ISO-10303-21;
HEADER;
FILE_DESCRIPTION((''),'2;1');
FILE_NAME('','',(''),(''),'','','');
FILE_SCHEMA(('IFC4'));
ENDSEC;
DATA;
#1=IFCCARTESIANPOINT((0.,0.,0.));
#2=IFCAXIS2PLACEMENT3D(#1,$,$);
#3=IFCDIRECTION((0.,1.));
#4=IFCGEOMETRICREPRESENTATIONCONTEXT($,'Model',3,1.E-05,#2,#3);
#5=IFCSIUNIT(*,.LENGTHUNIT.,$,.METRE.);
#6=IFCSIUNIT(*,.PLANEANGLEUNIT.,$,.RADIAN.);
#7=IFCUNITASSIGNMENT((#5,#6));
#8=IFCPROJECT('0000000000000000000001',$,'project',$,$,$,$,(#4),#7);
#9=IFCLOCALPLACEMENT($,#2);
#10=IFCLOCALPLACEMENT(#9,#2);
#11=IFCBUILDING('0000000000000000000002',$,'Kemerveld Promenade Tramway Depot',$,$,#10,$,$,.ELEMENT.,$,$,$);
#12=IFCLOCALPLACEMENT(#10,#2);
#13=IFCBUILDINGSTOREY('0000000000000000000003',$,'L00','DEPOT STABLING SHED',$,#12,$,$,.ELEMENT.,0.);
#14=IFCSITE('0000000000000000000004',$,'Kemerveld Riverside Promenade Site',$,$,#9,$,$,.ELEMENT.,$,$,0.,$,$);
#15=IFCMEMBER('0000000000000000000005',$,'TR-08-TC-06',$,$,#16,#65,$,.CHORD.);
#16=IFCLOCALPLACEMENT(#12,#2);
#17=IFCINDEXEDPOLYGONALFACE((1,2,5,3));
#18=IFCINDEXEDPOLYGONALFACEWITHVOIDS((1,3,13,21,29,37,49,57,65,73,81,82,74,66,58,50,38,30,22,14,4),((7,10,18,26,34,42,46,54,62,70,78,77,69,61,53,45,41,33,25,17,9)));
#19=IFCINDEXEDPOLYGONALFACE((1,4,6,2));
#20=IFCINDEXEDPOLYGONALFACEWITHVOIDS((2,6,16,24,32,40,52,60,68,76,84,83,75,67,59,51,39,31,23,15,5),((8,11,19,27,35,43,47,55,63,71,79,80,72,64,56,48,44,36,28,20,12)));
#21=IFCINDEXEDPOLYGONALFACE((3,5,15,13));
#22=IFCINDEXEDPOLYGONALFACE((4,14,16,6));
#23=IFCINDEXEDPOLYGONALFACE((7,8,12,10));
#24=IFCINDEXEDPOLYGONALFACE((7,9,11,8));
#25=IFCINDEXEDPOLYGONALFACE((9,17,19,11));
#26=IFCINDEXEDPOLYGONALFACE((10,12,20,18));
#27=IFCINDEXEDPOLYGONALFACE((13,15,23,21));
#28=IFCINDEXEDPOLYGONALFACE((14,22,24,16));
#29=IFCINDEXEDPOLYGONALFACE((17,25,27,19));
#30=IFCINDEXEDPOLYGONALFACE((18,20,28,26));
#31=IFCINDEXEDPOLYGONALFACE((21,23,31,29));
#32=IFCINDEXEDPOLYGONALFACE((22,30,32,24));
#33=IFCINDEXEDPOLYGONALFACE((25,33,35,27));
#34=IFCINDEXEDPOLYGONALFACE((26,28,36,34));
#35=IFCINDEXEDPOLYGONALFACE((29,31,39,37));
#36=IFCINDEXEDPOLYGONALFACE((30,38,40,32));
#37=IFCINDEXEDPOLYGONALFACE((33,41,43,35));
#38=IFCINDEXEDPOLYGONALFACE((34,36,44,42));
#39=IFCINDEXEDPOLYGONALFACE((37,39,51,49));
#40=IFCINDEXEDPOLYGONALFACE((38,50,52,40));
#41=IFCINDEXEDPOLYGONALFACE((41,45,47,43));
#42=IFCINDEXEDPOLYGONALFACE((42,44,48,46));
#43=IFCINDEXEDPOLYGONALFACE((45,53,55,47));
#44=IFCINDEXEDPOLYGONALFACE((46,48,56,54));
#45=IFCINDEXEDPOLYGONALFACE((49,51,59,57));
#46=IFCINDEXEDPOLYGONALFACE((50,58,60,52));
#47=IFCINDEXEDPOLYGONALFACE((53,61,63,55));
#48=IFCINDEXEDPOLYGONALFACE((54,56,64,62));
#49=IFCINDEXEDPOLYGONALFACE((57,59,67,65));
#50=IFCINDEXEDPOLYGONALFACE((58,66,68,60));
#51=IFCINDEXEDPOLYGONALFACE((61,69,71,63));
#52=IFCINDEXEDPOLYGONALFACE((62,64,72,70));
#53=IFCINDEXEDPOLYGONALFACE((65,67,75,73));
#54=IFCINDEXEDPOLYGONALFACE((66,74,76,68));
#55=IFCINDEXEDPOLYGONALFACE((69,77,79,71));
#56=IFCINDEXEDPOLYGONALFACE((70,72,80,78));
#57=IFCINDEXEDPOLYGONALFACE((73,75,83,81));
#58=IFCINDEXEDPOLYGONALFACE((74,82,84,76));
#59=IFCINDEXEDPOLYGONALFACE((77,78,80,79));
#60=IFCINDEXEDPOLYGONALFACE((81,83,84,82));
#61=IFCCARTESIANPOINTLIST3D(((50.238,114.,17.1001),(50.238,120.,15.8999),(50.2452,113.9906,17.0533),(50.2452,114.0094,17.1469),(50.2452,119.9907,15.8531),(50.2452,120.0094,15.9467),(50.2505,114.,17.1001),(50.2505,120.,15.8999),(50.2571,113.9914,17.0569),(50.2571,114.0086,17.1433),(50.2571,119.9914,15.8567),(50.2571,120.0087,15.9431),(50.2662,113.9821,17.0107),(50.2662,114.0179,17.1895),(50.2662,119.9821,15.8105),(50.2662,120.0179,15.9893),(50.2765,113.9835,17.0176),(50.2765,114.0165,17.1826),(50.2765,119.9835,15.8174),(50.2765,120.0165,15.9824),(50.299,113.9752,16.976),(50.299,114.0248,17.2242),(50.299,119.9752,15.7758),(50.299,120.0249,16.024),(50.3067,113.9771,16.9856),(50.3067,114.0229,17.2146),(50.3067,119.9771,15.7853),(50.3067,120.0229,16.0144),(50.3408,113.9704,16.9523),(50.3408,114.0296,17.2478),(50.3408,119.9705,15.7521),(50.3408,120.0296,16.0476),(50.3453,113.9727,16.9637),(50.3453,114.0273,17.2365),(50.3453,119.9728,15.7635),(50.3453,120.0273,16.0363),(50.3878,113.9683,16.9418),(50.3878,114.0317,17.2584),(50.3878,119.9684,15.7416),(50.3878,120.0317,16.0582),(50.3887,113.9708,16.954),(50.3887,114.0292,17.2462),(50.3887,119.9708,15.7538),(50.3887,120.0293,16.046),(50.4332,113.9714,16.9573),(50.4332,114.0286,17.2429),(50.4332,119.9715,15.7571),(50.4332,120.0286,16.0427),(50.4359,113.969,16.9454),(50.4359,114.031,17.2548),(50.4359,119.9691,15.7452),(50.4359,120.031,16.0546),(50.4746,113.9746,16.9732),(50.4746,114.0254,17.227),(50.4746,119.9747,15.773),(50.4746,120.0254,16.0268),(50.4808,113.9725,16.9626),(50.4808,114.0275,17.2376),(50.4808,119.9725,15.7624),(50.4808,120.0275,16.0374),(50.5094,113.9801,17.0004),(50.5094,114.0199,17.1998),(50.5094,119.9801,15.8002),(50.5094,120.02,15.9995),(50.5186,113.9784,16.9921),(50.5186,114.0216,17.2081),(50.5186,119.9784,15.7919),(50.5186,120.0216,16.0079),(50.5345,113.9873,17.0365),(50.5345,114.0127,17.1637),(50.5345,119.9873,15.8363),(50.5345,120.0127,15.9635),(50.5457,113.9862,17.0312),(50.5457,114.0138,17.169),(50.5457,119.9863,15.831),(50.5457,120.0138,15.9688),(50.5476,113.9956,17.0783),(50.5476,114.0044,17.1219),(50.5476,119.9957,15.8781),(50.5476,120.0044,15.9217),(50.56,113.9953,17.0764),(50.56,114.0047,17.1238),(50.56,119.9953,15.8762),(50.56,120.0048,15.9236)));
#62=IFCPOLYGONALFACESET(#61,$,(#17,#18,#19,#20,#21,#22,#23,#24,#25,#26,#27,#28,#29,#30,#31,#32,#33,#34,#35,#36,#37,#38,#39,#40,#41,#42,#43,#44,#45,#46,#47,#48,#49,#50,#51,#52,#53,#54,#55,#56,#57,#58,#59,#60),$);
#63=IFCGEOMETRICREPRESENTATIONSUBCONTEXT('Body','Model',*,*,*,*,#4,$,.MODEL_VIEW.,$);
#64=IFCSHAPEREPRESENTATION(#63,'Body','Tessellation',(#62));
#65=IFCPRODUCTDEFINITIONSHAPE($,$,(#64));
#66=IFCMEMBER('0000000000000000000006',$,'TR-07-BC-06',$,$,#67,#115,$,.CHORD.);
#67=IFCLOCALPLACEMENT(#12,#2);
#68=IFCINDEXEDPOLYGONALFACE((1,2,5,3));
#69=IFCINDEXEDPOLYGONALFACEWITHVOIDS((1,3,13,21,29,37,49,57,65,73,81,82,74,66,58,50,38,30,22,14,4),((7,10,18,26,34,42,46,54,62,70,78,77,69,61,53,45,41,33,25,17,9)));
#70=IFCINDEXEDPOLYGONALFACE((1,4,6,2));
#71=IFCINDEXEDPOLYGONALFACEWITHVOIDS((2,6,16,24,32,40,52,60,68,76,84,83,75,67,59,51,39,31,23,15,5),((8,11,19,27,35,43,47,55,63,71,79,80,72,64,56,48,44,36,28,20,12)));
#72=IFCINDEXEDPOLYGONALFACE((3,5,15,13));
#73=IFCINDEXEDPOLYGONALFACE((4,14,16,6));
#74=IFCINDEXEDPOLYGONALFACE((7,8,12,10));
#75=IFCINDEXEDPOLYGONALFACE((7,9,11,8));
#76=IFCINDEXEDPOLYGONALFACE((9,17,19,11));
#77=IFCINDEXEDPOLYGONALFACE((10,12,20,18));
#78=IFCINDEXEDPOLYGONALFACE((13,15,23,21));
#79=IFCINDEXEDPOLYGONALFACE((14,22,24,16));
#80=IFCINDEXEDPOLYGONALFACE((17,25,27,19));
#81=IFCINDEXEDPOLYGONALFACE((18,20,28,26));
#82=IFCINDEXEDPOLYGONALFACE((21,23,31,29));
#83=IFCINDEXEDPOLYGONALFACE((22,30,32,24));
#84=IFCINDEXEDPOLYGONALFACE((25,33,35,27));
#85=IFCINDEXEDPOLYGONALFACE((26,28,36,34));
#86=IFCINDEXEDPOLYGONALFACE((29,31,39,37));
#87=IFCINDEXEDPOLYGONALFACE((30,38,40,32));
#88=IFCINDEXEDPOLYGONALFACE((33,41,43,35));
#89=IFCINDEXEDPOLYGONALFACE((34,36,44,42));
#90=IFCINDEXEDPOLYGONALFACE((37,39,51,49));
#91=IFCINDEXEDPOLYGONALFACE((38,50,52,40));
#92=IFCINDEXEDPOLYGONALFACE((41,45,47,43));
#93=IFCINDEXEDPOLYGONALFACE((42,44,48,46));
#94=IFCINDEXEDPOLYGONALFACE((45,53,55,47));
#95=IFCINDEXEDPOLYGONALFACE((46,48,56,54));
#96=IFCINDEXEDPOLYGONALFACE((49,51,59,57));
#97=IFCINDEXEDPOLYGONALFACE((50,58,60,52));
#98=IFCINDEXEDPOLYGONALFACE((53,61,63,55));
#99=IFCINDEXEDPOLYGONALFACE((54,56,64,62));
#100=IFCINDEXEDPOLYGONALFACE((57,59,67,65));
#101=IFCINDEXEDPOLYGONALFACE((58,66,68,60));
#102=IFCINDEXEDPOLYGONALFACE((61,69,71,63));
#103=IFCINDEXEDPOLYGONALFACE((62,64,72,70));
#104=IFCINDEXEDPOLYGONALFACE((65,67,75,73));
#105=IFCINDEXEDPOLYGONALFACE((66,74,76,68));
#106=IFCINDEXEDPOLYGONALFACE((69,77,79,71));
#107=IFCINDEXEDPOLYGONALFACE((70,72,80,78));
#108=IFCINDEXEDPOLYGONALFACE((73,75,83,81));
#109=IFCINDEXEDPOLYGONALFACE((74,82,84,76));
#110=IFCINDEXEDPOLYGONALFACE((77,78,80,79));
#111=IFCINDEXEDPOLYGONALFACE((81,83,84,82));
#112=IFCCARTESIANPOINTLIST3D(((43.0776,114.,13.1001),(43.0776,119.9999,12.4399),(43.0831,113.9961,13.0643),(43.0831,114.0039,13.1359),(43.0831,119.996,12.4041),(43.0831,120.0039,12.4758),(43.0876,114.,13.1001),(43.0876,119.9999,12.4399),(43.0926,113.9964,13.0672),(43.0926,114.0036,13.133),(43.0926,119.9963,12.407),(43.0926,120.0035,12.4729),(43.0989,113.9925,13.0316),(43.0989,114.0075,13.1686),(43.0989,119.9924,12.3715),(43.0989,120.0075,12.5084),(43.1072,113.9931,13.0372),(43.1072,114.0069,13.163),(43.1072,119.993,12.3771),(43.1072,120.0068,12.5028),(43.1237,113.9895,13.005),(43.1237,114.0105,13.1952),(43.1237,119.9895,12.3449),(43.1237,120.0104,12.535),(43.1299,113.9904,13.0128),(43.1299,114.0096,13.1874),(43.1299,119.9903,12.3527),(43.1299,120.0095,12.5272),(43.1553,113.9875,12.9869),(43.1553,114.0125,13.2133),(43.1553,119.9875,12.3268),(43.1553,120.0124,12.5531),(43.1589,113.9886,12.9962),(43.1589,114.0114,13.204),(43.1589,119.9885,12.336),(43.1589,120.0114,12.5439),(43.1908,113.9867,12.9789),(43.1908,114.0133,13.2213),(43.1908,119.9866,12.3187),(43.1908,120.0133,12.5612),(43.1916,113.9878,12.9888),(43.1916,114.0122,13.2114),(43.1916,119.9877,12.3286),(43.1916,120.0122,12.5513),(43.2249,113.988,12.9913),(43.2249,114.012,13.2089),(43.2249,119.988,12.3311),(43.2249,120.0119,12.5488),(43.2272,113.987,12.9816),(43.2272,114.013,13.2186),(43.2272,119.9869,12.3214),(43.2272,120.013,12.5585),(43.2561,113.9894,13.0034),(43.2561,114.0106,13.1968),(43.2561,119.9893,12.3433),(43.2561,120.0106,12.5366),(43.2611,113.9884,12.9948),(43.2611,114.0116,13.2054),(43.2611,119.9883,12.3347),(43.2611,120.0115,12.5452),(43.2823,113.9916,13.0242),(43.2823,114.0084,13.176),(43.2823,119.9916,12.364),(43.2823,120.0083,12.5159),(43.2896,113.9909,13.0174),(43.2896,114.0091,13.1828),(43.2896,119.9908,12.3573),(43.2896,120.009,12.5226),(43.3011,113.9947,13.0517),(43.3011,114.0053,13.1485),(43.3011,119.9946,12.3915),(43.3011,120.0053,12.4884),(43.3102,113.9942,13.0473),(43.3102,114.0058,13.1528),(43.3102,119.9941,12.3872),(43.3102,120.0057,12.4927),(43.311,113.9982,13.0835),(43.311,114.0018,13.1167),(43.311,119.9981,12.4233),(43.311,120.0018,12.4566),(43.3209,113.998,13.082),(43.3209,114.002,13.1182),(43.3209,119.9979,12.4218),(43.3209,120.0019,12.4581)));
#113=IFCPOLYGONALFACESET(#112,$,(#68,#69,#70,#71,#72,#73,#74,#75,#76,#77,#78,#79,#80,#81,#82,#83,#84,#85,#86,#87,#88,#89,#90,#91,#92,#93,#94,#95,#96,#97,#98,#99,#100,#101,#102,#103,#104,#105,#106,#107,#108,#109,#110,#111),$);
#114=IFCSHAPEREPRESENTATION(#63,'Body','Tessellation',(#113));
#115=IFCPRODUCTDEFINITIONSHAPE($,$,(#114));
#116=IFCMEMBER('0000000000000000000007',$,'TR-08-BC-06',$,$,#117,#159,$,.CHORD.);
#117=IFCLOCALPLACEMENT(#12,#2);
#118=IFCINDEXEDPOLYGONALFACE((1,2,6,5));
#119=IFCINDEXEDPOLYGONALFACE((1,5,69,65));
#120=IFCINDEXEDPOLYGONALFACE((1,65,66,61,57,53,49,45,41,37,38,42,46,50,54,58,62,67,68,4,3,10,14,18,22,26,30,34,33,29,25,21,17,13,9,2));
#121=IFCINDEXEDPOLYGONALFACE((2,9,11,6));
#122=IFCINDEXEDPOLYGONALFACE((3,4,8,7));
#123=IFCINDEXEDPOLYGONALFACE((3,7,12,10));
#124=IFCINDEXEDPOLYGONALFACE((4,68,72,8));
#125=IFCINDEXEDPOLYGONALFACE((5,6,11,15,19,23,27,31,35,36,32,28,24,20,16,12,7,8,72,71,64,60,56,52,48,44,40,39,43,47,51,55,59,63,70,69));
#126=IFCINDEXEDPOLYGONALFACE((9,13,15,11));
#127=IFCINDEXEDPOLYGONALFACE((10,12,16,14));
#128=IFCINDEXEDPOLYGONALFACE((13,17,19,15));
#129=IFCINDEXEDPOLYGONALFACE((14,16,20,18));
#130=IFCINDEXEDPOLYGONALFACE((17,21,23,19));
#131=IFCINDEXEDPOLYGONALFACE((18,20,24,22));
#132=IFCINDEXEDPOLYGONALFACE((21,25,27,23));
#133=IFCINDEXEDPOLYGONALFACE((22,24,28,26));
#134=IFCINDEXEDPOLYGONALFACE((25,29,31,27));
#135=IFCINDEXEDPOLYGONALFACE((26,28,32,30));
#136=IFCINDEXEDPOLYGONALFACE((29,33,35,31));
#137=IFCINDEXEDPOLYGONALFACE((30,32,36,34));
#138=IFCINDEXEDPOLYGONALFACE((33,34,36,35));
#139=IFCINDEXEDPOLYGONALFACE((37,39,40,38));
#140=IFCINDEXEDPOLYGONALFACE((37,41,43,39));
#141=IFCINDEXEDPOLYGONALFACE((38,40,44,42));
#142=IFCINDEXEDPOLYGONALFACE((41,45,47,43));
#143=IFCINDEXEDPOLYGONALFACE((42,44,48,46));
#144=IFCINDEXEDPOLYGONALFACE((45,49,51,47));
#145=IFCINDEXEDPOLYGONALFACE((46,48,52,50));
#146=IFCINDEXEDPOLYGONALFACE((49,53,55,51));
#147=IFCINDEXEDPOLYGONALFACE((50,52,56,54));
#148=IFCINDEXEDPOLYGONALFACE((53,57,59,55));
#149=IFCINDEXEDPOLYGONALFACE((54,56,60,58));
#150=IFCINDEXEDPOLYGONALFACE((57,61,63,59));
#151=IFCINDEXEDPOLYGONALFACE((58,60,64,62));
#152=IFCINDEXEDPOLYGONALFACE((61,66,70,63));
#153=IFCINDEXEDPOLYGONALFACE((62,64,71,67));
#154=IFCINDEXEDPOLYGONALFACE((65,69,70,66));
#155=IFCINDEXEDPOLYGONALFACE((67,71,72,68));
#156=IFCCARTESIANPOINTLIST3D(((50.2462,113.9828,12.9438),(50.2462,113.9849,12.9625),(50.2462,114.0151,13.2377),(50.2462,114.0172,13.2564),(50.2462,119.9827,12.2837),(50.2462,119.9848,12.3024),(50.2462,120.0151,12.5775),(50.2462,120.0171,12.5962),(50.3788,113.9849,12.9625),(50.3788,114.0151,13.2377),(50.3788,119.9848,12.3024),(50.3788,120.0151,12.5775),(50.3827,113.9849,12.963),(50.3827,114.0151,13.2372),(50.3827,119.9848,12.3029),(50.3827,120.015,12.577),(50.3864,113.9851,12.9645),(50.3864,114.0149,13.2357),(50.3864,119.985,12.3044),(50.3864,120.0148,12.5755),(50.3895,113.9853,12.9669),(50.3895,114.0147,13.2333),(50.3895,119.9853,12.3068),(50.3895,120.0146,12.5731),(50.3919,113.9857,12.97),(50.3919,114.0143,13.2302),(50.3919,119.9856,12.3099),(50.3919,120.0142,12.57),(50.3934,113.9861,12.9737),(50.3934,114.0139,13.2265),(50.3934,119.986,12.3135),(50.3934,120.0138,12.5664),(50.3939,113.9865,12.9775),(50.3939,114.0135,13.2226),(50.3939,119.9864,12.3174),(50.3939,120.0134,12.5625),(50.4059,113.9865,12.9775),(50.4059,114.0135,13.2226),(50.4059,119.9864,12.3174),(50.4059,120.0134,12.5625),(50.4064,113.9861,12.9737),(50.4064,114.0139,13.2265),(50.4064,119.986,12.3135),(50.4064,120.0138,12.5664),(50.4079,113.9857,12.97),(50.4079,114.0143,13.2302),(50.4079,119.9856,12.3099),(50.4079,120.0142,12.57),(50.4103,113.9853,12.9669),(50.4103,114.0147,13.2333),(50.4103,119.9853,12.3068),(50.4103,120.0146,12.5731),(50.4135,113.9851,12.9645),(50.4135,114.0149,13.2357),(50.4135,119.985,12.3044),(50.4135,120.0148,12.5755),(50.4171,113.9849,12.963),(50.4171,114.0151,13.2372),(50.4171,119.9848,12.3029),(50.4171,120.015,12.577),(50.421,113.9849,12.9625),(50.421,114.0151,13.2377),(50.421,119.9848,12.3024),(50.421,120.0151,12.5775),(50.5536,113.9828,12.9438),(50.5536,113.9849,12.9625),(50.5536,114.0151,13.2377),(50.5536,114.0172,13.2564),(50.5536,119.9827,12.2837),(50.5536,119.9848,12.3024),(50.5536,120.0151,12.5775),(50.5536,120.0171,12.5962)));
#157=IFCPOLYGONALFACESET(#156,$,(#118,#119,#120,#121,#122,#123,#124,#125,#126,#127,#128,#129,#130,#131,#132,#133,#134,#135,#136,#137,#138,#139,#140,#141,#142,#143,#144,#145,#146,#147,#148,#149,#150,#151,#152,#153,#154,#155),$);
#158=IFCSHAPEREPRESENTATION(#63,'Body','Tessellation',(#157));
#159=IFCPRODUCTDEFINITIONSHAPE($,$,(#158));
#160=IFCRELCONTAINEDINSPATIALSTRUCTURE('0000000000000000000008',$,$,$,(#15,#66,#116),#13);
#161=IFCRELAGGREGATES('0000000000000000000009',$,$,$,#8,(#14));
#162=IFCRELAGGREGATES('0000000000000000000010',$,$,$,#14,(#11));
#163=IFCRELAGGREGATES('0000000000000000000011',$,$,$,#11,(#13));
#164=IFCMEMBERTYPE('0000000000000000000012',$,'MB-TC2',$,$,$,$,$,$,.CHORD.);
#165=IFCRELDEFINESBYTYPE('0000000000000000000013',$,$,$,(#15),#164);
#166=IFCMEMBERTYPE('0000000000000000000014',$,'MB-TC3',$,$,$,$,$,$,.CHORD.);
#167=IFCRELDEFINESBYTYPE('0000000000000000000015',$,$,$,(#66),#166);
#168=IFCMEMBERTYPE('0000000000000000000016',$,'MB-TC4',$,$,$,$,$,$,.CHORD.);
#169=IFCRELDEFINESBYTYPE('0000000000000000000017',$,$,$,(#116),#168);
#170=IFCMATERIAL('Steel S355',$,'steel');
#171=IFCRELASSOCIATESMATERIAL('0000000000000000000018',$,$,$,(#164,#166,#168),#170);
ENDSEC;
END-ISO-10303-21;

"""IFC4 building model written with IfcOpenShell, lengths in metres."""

from ifc_helpers import new_model, si_unit, direction, frame, origin, origin_2d, place, context, subcontext, project, spatial, hollow_circle, i_section, extrude, material, material_profile, profile_set, type_object, element, save


model = new_model("IFC4")

# Units and contexts
model_context = context("Model", 3, precision=1e-05, world=origin(), true_north=direction((0.0, 1.0)))
body_context = subcontext(model_context, "Body", "Model", "MODEL_VIEW")
ifc_project = project(units=[si_unit("LENGTHUNIT", "METRE"), si_unit("PLANEANGLEUNIT", "RADIAN")], contexts=[model_context])

# Site, building, storey
site_placement = place(None, origin())
site = spatial("IfcSite", under=ifc_project, at=site_placement, Name="Kemerveld Riverside Promenade Site", CompositionType="ELEMENT", RefElevation=0.0)
building_placement = place(site_placement, origin())
building = spatial("IfcBuilding", under=site, at=building_placement, Name="Kemerveld Promenade Tramway Depot", CompositionType="ELEMENT")
storey_placement = place(building_placement, origin())
storey = spatial("IfcBuildingStorey", under=building, at=storey_placement, Name="L00", Description="DEPOT STABLING SHED", CompositionType="ELEMENT", Elevation=0.0)

# Shared definitions
ifc_material_1 = material(Name="Steel S355", Category="steel")

# Members
ifc_material_profile_1 = material_profile(ifc_material_1, hollow_circle(Radius=0.1619, WallThickness=0.0125, at=origin_2d()), Name="323.9x12.5 CHS")
ifc_profile_set_1 = profile_set([ifc_material_profile_1], Name="Steel S355")
member_type_1 = type_object("IfcMemberType", Name="MB-TC2", PredefinedType="CHORD", material=ifc_profile_set_1)
for number, where, z_axis, x_axis, name in (
    (1, (50.3999, 114.0, 17.1001), (0.0, 0.980575, -0.196147), (-1.0, 0.0, 0.0), "TR-08-TC-06"),
):
    element("IfcMember", number, at=place(storey_placement, frame(where, z_axis=z_axis, x_axis=x_axis)), inside=storey, type_object=member_type_1, Name=name, PredefinedType="CHORD", context=body_context, shape_type="SweptSolid", body=[
        extrude(hollow_circle(Radius=0.1619, WallThickness=0.0125, at=origin_2d()), origin(), (0.0, 0.0, 1.0), 6.1189),
    ])
ifc_material_profile_2 = material_profile(ifc_material_1, hollow_circle(Radius=0.1223, WallThickness=0.01, at=origin_2d()), Name="244.5x10.0 CHS")
ifc_profile_set_2 = profile_set([ifc_material_profile_2], Name="Steel S355")
member_type_2 = type_object("IfcMemberType", Name="MB-TC3", PredefinedType="CHORD", material=ifc_profile_set_2)
member_1_placement = place(storey_placement, frame((43.2, 114.0, 13.1001), z_axis=(0.0, 0.994002, -0.109366), x_axis=(-1.0, 0.0, 0.0)))
element("IfcMember", 2, at=member_1_placement, inside=storey, type_object=member_type_2, Name="TR-07-BC-06", PredefinedType="CHORD", context=body_context, shape_type="SweptSolid", body=[
    extrude(hollow_circle(Radius=0.1223, WallThickness=0.01, at=origin_2d()), origin(), (0.0, 0.0, 1.0), 6.0361),
])
ifc_material_profile_3 = material_profile(ifc_material_1, i_section(OverallWidth=0.3074, OverallDepth=0.3145, WebThickness=0.012, FlangeThickness=0.0188, FilletRadius=0.0151, at=origin_2d()), Name="305x305x118 UC")
ifc_profile_set_3 = profile_set([ifc_material_profile_3], Name="Steel S355")
member_type_3 = type_object("IfcMemberType", Name="MB-TC4", PredefinedType="CHORD", material=ifc_profile_set_3)
member_2_placement = place(storey_placement, frame((50.3999, 114.0, 13.1001), z_axis=(0.0, 0.994002, -0.109366), x_axis=(-1.0, 0.0, 0.0)))
element("IfcMember", 3, at=member_2_placement, inside=storey, type_object=member_type_3, Name="TR-08-BC-06", PredefinedType="CHORD", context=body_context, shape_type="SweptSolid", body=[
    extrude(i_section(OverallWidth=0.3074, OverallDepth=0.3145, WebThickness=0.012, FlangeThickness=0.0188, FilletRadius=0.0151, at=origin_2d()), origin(), (0.0, 0.0, 1.0), 6.0361),
])

save(model, "model.ifc")
